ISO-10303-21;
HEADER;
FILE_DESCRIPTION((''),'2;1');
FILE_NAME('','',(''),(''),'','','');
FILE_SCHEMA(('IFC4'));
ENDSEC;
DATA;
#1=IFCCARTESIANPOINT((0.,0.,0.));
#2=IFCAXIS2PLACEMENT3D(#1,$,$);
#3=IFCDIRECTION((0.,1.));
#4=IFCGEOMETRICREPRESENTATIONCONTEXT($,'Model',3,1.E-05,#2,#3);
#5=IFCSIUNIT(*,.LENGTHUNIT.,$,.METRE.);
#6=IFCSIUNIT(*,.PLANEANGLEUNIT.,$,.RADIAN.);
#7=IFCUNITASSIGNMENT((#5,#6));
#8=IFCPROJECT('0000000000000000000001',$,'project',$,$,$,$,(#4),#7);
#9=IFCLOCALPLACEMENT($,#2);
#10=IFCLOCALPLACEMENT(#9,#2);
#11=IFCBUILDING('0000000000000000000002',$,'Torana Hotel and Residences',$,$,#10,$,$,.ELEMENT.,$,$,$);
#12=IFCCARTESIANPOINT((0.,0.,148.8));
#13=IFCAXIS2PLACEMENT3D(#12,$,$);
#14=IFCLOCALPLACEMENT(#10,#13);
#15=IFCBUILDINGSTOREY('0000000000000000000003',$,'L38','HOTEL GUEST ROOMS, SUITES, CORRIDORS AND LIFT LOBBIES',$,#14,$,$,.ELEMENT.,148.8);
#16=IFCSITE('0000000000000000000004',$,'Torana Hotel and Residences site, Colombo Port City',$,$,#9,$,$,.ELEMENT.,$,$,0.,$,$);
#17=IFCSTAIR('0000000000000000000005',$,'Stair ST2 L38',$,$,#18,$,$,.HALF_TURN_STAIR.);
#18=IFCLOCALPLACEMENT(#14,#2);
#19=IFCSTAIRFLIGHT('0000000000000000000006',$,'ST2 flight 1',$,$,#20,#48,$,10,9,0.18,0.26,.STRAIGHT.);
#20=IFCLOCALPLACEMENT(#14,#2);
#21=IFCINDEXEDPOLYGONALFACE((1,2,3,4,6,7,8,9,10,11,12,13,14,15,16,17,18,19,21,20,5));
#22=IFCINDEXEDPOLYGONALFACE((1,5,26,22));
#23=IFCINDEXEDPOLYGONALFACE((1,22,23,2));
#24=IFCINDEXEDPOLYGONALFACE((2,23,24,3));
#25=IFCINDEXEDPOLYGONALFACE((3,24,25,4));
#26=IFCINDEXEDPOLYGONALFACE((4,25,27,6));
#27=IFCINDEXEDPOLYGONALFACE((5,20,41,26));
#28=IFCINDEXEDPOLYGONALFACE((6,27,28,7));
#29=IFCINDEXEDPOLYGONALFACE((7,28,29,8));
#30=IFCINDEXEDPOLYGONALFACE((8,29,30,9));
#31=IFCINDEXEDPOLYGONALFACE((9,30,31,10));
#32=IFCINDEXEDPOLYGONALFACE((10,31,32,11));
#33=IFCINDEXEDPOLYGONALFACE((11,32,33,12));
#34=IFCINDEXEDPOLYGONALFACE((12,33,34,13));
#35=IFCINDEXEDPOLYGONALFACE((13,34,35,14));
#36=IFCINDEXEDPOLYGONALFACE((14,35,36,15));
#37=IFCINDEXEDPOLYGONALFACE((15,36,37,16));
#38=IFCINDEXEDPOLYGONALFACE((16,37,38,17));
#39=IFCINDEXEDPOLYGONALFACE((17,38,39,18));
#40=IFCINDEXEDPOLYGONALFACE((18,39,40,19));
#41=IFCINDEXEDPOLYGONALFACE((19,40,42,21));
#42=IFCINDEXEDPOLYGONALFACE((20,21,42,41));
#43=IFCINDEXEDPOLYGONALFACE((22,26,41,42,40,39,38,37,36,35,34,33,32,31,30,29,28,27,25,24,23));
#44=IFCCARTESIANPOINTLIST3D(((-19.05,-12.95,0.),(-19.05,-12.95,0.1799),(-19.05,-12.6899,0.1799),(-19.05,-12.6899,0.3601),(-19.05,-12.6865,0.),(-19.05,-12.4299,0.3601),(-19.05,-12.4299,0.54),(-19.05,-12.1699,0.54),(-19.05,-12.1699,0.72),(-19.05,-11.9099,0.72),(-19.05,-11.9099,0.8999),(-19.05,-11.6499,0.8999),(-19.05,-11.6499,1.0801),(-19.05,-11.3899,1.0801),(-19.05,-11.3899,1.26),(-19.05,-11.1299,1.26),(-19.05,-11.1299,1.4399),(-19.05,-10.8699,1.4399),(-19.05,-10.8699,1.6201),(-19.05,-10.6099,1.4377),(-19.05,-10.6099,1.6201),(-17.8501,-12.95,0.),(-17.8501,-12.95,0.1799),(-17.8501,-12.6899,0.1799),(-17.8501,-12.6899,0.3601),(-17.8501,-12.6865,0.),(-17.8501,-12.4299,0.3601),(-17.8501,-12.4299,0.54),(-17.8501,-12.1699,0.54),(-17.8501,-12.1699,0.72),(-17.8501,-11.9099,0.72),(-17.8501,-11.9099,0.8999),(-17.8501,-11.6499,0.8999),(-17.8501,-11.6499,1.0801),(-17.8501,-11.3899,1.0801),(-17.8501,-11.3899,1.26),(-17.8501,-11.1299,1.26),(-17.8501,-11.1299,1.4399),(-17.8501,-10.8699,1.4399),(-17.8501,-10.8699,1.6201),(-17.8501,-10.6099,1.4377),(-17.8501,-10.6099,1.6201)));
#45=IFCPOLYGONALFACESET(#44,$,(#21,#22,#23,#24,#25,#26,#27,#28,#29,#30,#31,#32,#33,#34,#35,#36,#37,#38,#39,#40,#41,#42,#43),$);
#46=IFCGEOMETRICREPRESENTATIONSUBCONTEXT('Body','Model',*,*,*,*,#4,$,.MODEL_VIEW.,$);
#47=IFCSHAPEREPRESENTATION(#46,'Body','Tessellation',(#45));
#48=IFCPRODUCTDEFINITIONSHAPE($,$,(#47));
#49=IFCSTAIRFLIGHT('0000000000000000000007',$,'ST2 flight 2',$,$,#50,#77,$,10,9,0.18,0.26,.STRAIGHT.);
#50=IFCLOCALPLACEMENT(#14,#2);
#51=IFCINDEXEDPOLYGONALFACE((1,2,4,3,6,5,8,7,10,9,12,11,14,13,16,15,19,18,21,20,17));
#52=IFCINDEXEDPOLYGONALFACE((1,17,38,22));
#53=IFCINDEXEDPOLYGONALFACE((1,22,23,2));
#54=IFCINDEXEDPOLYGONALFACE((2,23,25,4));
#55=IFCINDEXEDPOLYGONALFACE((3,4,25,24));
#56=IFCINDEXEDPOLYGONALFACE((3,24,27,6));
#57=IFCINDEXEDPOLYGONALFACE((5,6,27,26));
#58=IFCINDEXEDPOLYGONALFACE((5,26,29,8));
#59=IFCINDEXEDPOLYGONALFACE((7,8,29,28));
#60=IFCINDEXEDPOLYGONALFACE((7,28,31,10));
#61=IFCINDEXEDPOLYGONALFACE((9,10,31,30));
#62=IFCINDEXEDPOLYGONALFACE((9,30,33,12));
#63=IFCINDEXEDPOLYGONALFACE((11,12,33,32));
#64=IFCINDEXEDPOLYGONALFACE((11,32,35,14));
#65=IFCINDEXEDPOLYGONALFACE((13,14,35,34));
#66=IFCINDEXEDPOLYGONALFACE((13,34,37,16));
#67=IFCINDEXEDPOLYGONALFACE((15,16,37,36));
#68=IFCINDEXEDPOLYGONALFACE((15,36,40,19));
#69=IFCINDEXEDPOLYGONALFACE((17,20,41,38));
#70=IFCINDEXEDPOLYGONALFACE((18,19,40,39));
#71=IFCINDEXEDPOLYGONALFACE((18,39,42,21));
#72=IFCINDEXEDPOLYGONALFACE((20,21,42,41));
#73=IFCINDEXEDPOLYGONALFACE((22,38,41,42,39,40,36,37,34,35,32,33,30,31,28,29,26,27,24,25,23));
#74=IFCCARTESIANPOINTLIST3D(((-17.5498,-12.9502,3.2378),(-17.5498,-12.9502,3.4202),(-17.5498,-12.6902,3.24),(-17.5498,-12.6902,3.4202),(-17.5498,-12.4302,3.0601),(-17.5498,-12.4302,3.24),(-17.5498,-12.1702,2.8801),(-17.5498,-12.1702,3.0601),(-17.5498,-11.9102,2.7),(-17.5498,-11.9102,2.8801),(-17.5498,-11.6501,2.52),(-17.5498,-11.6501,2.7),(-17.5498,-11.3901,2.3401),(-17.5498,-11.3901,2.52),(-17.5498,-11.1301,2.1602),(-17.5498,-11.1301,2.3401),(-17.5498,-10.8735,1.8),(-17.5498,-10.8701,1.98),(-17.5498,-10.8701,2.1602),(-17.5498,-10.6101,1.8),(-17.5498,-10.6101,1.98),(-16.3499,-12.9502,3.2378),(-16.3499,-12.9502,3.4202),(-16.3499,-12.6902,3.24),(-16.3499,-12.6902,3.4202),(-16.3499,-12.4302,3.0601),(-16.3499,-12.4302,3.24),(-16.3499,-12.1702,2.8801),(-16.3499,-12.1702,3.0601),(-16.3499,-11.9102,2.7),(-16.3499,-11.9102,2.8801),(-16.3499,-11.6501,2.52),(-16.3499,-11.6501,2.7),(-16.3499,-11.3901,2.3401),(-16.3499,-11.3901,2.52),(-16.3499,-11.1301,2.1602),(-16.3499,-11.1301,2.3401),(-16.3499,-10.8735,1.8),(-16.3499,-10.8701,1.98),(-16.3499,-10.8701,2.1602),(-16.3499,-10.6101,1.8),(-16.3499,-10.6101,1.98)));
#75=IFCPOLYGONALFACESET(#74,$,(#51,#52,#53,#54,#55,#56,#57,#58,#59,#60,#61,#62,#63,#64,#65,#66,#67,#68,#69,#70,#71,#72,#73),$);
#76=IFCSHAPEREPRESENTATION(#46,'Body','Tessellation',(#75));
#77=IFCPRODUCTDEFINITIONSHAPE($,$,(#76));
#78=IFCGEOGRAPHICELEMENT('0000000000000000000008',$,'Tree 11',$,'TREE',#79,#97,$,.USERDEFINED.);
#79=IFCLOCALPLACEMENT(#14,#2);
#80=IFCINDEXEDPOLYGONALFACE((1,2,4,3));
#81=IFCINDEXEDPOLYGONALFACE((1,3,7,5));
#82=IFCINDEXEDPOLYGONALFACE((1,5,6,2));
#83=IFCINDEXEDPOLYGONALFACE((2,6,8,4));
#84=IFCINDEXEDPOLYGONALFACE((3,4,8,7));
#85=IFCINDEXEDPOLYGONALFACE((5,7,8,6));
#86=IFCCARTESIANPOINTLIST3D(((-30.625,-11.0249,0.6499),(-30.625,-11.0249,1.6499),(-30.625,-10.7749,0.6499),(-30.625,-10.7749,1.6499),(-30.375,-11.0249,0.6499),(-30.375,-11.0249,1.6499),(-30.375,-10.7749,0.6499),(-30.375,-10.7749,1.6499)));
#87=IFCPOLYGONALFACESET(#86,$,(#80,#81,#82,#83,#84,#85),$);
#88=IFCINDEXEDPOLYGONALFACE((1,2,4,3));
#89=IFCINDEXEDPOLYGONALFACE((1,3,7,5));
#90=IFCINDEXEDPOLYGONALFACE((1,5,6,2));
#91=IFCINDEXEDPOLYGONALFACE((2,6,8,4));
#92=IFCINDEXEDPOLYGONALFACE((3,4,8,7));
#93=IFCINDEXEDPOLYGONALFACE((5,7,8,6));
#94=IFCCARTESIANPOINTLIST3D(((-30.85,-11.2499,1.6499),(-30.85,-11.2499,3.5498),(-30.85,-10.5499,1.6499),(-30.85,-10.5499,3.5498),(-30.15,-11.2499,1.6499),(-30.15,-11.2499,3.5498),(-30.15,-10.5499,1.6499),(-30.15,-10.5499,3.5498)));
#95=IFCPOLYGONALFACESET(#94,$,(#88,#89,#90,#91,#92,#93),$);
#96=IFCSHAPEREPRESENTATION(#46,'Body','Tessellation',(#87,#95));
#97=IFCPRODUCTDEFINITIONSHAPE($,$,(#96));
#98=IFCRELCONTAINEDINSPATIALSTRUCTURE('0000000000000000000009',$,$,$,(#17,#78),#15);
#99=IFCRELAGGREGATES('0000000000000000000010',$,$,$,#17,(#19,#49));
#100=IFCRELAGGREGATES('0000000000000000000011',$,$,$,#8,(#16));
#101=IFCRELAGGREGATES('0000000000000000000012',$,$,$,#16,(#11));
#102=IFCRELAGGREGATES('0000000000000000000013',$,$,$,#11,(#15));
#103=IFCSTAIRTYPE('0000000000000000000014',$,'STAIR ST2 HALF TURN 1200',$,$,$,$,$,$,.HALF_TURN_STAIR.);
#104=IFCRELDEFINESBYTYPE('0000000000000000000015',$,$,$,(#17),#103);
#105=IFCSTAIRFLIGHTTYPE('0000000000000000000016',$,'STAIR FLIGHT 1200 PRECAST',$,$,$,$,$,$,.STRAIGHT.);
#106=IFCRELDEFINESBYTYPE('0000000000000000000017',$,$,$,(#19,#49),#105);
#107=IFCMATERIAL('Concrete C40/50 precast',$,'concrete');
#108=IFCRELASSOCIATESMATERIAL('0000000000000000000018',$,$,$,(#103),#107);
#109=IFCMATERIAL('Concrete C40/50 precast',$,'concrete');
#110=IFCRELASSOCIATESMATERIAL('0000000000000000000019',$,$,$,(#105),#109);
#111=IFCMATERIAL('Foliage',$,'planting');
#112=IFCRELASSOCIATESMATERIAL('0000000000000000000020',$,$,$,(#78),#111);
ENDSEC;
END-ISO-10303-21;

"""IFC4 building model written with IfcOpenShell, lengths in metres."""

from ifc_helpers import new_model, si_unit, direction, frame, origin, origin_2d, place, context, subcontext, project, spatial, polyline, rectangle, outline, extrude, material, type_object, element, aggregate, save


model = new_model("IFC4")

# Units and contexts
model_context = context("Model", 3, precision=1e-05, world=origin(), true_north=direction((0.0, 1.0)))
body_context = subcontext(model_context, "Body", "Model", "MODEL_VIEW")
ifc_project = project(units=[si_unit("LENGTHUNIT", "METRE"), si_unit("PLANEANGLEUNIT", "RADIAN")], contexts=[model_context])

# Site, building, storey
site_placement = place(None, origin())
site = spatial("IfcSite", under=ifc_project, at=site_placement, Name="Torana Hotel and Residences site, Colombo Port City", CompositionType="ELEMENT", RefElevation=0.0)
building_placement = place(site_placement, origin())
building = spatial("IfcBuilding", under=site, at=building_placement, Name="Torana Hotel and Residences", CompositionType="ELEMENT")
storey_placement = place(building_placement, frame((0.0, 0.0, 148.8)))
storey = spatial("IfcBuildingStorey", under=building, at=storey_placement, Name="L38", Description="HOTEL GUEST ROOMS, SUITES, CORRIDORS AND LIFT LOBBIES", CompositionType="ELEMENT", Elevation=148.8)

# Stair, stair flights
ifc_material_1 = material(Name="Concrete C40/50 precast", Category="concrete")
stair_type = type_object("IfcStairType", Name="STAIR ST2 HALF TURN 1200", PredefinedType="HALF_TURN_STAIR", material=ifc_material_1)
stair_placement = place(storey_placement, origin())
stair = element("IfcStair", 1, at=stair_placement, inside=storey, type_object=stair_type, Name="Stair ST2 L38", PredefinedType="HALF_TURN_STAIR")
ifc_material_2 = material(Name="Concrete C40/50 precast", Category="concrete")
stair_flight_type = type_object("IfcStairFlightType", Name="STAIR FLIGHT 1200 PRECAST", PredefinedType="STRAIGHT", material=ifc_material_2)
stair_flight_1_placement = place(storey_placement, frame((-18.45, -12.95, 0.0), z_axis=(0.0, 0.0, 1.0), x_axis=(0.0, 1.0, 0.0)))
stair_flight_1 = element("IfcStairFlight", 2, at=stair_flight_1_placement, type_object=stair_flight_type, Name="ST2 flight 1", NumberOfRisers=10, NumberOfTreads=9, PredefinedType="STRAIGHT", RiserHeight=0.18, TreadLength=0.26, context=body_context, shape_type="SweptSolid", body=[
    extrude(outline(polyline([(0.0, 0.0), (0.0, 0.1799), (0.26, 0.1799), (0.26, 0.3601), (0.52, 0.3601), (0.52, 0.54), (0.78, 0.54), (0.78, 0.72), (1.04, 0.72), (1.04, 0.8999), (1.3, 0.8999), (1.3, 1.0801), (1.5601, 1.0801), (1.5601, 1.26), (1.8201, 1.26), (1.8201, 1.4399), (2.0801, 1.4399), (2.0801, 1.6201), (2.3401, 1.6201), (2.3401, 1.8), (2.3401, 1.4377), (0.2634, 0.0), (0.0, 0.0)])), frame((0.0, 0.6001, 0.0), z_axis=(0.0, -1.0, 0.0), x_axis=(1.0, 0.0, 0.0)), (0.0, 0.0, 1.0), 1.2),
])
stair_flight_2_placement = place(storey_placement, frame((-16.95, -10.6101, 1.8), z_axis=(0.0, 0.0, 1.0), x_axis=(0.0, -1.0, 0.0)))
stair_flight_2 = element("IfcStairFlight", 3, at=stair_flight_2_placement, type_object=stair_flight_type, Name="ST2 flight 2", NumberOfRisers=10, NumberOfTreads=9, PredefinedType="STRAIGHT", RiserHeight=0.18, TreadLength=0.26, context=body_context, shape_type="SweptSolid", body=[
    extrude(outline(polyline([(0.0, 0.0), (0.0, 0.1799), (0.26, 0.1799), (0.26, 0.3601), (0.52, 0.3601), (0.52, 0.54), (0.78, 0.54), (0.78, 0.72), (1.04, 0.72), (1.04, 0.8999), (1.3, 0.8999), (1.3, 1.0801), (1.5601, 1.0801), (1.5601, 1.26), (1.8201, 1.26), (1.8201, 1.4399), (2.0801, 1.4399), (2.0801, 1.6201), (2.3401, 1.6201), (2.3401, 1.8), (2.3401, 1.4377), (0.2634, 0.0), (0.0, 0.0)])), frame((0.0, 0.6001, 0.0), z_axis=(0.0, -1.0, 0.0), x_axis=(1.0, 0.0, 0.0)), (0.0, 0.0, 1.0), 1.2),
])
aggregate(stair, [stair_flight_1, stair_flight_2])

# Geographic element
ifc_material_3 = material(Name="Foliage", Category="planting")
geographic_element_placement = place(storey_placement, frame((-30.5, -10.8999, 0.6499), z_axis=(0.0, 0.0, 1.0), x_axis=(1.0, 0.0, 0.0)))
element("IfcGeographicElement", 4, at=geographic_element_placement, inside=storey, material=ifc_material_3, Name="Tree 11", ObjectType="TREE", PredefinedType="USERDEFINED", context=body_context, shape_type="SweptSolid", body=[
    extrude(rectangle(XDim=0.25, YDim=0.25, at=origin_2d()), origin(), (0.0, 0.0, 1.0), 1.0),
    extrude(rectangle(XDim=0.7, YDim=0.7, at=origin_2d()), frame((0.0, 0.0, 1.0)), (0.0, 0.0, 1.0), 1.8999),
])

save(model, "model.ifc")
